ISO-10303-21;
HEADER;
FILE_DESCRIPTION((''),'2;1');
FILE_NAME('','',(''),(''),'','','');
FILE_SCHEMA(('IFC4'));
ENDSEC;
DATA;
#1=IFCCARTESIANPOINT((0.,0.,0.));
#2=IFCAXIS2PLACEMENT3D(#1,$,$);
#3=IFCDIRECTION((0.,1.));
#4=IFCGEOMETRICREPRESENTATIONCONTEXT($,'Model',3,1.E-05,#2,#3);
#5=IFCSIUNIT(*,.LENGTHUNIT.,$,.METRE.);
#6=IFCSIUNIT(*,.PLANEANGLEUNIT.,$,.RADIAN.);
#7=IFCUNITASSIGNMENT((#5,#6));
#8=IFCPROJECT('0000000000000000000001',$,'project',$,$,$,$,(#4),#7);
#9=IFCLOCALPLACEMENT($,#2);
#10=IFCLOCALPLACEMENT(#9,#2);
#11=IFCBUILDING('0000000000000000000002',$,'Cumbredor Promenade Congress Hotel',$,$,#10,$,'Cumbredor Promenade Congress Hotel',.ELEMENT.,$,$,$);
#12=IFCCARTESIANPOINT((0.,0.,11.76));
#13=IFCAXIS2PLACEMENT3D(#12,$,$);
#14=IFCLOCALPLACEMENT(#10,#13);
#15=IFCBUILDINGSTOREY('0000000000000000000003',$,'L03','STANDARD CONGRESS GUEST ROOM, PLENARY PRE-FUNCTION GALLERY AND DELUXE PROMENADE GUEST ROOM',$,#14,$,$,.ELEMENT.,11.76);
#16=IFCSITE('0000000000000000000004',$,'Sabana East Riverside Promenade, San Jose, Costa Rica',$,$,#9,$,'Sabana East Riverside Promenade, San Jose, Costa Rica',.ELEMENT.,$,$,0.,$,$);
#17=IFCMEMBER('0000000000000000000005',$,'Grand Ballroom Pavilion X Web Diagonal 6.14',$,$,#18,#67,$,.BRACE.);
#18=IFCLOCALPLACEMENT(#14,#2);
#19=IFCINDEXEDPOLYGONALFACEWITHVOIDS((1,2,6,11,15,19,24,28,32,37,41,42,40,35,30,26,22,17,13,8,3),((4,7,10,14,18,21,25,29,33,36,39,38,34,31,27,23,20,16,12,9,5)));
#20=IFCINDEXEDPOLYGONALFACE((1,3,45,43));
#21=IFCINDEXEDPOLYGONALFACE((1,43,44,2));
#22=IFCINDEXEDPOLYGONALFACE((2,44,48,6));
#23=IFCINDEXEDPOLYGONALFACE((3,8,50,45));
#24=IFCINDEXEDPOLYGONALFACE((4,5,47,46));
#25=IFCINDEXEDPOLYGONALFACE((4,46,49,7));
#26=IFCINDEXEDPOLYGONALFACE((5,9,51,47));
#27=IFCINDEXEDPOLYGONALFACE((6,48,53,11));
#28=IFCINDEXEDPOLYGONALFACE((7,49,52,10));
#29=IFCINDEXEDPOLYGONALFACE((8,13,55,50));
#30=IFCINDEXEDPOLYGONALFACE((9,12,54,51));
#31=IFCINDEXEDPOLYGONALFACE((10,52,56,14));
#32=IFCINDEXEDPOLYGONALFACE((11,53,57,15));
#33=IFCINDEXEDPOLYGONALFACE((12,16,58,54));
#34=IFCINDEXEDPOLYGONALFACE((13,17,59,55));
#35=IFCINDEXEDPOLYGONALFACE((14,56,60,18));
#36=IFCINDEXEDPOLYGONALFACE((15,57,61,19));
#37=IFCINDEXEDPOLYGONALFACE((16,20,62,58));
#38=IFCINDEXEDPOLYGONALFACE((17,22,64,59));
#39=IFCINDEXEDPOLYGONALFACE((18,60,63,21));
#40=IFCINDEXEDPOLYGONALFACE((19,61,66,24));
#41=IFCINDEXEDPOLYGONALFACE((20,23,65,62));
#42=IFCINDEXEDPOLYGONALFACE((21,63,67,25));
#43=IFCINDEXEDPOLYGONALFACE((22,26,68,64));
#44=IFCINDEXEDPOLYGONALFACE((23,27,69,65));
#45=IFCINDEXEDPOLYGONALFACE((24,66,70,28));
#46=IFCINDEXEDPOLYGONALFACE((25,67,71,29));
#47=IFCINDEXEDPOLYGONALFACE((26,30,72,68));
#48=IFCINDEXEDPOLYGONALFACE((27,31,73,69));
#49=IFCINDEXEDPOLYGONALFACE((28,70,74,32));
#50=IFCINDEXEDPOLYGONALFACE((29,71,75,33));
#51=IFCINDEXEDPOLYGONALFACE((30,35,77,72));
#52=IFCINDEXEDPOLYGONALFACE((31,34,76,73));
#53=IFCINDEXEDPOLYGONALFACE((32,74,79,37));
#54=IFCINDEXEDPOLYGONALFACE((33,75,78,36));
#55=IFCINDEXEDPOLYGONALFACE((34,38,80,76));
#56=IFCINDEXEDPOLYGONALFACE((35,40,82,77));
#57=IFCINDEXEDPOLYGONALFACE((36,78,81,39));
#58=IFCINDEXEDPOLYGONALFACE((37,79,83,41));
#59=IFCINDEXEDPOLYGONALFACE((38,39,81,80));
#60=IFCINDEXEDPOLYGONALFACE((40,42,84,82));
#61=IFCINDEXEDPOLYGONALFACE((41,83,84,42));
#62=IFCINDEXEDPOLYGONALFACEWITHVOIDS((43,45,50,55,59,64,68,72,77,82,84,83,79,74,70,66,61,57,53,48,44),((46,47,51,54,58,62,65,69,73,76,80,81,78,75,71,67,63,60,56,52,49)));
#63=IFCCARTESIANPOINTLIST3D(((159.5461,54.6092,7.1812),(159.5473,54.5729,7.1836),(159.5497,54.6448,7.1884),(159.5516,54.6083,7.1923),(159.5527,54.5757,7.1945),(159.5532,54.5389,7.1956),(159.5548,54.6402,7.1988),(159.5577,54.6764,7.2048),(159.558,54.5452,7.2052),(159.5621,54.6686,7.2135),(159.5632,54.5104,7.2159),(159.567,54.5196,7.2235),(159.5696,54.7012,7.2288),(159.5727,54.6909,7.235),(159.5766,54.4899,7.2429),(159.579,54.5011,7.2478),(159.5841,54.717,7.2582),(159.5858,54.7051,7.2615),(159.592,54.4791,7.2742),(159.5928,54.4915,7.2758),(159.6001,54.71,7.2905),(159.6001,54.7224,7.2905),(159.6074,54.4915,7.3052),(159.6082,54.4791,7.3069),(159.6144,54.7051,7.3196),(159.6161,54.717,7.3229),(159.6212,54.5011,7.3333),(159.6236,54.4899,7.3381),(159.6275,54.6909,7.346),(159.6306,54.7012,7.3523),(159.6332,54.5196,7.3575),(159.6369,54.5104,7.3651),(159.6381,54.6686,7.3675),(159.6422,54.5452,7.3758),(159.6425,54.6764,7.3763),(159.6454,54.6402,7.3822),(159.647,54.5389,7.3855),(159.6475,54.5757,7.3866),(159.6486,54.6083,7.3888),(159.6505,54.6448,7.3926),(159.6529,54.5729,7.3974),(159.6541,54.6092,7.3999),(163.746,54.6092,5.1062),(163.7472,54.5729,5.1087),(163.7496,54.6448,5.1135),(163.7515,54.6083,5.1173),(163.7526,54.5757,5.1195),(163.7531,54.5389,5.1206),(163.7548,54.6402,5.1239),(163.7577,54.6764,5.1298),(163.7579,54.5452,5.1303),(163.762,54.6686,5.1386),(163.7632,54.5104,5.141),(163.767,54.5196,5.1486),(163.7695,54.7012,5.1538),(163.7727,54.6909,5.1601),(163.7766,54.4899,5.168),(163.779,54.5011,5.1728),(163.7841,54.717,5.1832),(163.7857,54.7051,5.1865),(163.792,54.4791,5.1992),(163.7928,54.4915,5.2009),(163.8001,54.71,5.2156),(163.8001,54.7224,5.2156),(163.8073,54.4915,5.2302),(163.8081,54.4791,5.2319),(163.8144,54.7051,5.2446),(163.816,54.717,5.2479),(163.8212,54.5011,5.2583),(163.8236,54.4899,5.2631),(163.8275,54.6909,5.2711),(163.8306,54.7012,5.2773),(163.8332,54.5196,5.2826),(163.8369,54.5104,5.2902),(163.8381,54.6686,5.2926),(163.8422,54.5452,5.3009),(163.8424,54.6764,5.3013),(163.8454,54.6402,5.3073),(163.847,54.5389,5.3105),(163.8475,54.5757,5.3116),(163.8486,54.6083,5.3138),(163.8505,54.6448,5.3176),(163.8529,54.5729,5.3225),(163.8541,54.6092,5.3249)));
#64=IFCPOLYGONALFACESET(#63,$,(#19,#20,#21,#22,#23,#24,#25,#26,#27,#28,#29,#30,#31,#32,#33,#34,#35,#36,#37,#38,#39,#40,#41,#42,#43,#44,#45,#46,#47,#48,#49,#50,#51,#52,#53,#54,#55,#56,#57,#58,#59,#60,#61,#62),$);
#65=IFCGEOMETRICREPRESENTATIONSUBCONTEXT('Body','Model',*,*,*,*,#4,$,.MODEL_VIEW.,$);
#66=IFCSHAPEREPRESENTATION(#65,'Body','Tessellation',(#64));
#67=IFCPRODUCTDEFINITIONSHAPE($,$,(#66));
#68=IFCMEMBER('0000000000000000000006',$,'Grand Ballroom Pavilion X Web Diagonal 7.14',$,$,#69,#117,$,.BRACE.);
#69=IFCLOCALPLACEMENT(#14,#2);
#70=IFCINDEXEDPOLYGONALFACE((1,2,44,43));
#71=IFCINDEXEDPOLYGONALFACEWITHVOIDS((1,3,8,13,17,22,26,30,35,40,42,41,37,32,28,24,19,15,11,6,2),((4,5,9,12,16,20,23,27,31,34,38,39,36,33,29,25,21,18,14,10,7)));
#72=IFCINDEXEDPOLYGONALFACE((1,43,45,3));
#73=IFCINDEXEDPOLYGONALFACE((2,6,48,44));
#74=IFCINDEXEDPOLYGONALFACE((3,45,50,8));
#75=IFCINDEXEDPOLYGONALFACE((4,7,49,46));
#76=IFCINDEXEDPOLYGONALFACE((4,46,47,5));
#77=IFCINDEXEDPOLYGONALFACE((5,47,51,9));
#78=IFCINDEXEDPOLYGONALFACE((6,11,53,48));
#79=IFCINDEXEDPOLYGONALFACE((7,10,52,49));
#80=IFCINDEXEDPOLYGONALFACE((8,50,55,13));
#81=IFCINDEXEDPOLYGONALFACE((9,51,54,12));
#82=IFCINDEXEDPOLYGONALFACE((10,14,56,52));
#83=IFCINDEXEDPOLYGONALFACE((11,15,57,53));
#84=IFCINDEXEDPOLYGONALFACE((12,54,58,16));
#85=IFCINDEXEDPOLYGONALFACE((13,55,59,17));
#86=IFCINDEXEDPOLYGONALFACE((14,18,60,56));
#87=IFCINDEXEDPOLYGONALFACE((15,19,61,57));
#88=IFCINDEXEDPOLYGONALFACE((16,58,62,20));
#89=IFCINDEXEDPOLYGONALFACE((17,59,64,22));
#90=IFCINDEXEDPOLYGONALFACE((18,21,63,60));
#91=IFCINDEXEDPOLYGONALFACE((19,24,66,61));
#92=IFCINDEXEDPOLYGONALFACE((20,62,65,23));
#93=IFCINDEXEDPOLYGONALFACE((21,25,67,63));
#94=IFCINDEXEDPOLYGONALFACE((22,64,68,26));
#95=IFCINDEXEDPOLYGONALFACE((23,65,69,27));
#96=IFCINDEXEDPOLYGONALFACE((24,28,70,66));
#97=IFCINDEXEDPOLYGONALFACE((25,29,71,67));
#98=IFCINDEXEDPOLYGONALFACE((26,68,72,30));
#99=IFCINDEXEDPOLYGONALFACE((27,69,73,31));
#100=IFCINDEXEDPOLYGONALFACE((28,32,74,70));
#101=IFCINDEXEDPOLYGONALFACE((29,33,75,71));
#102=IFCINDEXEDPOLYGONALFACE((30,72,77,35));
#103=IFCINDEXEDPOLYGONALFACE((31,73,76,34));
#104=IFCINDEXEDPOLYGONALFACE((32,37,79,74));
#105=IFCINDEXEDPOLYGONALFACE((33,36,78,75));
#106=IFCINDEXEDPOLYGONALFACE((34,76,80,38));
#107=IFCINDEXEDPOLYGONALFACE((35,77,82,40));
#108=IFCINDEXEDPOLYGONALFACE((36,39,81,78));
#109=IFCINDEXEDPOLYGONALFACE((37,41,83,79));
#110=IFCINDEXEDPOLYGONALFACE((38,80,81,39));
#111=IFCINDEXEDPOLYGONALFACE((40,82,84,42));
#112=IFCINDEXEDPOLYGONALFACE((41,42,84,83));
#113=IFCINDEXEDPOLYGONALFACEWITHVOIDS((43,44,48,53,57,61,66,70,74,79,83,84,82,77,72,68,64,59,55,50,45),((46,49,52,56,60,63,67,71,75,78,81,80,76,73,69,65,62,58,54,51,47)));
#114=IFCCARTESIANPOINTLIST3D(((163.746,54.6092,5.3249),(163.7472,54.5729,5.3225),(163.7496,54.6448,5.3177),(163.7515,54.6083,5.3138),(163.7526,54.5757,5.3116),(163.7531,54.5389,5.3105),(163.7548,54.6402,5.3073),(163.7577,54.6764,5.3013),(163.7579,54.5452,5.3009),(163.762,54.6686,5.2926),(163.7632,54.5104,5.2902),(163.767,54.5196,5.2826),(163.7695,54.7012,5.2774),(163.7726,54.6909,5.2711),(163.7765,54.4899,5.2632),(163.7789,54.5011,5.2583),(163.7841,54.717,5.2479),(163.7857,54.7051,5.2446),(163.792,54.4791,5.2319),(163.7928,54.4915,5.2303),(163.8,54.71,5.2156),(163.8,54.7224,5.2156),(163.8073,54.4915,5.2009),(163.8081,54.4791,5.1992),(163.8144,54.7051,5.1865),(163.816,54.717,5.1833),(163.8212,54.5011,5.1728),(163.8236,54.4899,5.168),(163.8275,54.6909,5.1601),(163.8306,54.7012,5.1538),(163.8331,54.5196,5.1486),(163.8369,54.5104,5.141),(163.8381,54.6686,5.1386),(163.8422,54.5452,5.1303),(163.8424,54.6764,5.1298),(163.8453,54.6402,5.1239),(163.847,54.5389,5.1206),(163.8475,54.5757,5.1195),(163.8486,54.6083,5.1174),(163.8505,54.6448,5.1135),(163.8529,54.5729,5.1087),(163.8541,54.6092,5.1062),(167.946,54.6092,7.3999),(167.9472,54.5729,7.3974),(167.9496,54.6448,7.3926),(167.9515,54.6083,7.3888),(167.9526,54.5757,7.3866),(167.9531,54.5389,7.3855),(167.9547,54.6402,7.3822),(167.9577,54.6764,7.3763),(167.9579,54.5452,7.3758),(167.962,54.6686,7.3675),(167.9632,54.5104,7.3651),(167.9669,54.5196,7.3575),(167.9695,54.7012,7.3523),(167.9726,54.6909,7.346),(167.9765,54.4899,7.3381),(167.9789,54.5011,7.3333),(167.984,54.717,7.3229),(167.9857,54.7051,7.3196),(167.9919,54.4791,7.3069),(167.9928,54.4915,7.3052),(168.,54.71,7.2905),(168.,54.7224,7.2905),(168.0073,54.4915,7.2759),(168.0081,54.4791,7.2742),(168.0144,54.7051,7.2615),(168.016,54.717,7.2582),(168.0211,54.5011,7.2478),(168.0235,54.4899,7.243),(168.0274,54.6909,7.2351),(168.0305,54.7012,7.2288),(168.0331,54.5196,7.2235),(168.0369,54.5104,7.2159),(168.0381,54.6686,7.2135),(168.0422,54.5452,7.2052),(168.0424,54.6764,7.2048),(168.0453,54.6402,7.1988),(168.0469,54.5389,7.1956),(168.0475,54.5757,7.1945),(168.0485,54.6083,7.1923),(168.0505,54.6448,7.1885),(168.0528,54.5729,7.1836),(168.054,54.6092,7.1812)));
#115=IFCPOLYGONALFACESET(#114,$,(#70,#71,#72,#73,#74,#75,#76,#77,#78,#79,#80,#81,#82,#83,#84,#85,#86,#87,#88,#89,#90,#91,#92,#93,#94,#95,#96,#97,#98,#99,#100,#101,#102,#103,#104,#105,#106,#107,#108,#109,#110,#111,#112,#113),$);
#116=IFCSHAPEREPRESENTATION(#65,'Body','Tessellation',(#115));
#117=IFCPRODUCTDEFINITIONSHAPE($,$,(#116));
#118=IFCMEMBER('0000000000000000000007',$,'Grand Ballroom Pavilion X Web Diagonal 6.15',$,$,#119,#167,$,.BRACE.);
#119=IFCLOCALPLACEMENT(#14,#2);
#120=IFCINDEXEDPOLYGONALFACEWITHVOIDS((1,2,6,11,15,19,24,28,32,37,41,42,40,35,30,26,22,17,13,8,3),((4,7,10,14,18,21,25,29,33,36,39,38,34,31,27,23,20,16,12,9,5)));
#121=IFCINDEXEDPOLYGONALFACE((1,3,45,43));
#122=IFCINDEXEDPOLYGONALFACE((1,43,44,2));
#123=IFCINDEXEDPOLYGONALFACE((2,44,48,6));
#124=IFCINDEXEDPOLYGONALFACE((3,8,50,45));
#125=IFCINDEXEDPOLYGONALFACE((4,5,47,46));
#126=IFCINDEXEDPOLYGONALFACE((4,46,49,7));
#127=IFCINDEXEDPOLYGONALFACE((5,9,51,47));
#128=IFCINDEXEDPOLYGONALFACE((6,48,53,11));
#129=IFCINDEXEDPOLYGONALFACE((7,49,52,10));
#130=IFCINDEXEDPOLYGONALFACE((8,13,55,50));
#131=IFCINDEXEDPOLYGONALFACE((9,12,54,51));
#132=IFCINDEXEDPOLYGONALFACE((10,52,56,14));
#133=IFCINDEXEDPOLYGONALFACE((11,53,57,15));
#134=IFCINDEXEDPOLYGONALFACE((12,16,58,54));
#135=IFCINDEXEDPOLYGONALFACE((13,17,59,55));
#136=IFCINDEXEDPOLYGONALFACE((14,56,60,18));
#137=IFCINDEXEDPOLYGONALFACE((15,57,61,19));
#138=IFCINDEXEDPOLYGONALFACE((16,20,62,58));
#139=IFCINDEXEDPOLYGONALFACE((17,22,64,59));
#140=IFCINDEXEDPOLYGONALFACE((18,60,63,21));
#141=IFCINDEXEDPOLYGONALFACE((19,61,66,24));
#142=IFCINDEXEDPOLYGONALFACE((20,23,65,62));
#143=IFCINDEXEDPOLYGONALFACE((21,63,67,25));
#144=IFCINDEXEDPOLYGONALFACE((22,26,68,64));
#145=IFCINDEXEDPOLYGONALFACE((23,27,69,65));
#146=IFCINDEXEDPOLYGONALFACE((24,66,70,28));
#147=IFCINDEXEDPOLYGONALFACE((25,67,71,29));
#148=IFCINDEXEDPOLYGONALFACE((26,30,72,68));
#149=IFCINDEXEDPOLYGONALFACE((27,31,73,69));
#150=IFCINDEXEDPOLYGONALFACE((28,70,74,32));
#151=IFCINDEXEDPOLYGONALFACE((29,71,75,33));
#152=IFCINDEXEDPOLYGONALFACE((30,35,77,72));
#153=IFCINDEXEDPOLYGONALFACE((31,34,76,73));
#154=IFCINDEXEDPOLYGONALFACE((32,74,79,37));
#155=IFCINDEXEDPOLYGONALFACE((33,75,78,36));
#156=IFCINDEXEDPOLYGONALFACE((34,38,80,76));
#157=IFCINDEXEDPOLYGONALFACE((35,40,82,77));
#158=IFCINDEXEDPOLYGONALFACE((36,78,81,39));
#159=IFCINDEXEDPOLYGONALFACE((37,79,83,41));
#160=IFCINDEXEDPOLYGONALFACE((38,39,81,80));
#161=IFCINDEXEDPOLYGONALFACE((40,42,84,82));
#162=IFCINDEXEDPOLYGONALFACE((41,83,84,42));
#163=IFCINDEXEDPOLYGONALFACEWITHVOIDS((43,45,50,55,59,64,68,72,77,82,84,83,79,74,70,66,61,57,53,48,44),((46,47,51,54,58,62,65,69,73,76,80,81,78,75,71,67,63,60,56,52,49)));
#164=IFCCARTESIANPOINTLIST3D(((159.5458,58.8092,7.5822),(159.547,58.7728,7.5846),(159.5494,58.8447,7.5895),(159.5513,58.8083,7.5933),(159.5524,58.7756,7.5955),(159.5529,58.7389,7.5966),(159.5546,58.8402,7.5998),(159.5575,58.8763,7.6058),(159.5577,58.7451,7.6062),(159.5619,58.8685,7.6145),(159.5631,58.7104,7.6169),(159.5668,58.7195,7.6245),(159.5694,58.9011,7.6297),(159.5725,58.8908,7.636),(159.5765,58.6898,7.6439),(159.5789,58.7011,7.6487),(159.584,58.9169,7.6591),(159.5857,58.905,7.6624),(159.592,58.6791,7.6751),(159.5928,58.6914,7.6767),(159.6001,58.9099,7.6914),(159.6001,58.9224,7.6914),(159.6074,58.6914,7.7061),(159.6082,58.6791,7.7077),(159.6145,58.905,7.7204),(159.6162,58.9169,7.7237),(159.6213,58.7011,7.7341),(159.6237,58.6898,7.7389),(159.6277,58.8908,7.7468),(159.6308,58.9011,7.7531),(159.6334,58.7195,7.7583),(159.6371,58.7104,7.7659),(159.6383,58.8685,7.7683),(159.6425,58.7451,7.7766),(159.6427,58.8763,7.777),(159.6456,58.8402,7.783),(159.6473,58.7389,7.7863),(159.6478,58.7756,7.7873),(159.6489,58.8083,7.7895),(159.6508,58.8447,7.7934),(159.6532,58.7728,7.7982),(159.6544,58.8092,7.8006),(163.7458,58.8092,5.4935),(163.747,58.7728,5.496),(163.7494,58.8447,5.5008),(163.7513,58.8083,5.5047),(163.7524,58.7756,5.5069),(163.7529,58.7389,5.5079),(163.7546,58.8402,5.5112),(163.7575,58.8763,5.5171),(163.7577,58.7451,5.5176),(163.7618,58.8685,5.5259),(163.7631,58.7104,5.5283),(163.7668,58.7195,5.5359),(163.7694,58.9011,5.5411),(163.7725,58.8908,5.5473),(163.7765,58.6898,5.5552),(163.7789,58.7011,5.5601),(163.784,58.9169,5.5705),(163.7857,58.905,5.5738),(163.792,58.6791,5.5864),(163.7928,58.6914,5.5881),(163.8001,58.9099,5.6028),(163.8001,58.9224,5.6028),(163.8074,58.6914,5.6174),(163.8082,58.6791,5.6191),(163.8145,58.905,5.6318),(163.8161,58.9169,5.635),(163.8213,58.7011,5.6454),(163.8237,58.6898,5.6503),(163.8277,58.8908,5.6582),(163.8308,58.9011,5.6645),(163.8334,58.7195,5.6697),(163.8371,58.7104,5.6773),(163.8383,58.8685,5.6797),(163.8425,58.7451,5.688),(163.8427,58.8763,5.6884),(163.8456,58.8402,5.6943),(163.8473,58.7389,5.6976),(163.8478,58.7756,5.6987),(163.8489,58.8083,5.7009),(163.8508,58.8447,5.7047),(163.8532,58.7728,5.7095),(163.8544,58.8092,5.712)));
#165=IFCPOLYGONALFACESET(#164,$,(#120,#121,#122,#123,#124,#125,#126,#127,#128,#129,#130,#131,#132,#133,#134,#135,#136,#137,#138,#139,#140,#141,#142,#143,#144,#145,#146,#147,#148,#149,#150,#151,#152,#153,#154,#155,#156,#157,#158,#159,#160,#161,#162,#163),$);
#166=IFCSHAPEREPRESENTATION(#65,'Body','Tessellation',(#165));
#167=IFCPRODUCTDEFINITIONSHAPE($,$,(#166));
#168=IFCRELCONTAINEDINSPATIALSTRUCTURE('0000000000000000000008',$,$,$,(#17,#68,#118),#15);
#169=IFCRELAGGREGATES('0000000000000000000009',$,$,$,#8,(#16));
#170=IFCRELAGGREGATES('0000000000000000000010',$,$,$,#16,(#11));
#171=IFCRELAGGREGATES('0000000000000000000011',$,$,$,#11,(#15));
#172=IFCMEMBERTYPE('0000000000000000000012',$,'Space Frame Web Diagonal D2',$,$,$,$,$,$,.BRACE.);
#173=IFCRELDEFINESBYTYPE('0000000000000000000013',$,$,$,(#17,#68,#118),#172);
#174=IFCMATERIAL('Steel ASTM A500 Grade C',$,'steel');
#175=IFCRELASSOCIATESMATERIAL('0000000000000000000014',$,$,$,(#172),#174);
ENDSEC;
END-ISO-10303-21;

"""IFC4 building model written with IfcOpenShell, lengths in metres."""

from ifc_helpers import new_model, si_unit, direction, frame, origin, origin_2d, place, context, subcontext, project, spatial, hollow_circle, extrude, material, material_profile, profile_set, type_object, element, save


model = new_model("IFC4")

# Units and contexts
model_context = context("Model", 3, precision=1e-05, world=origin(), true_north=direction((0.0, 1.0)))
body_context = subcontext(model_context, "Body", "Model", "MODEL_VIEW")
ifc_project = project(units=[si_unit("LENGTHUNIT", "METRE"), si_unit("PLANEANGLEUNIT", "RADIAN")], contexts=[model_context])

# Site, building, storey
site_placement = place(None, origin())
site = spatial("IfcSite", under=ifc_project, at=site_placement, Name="Sabana East Riverside Promenade, San Jose, Costa Rica", LongName="Sabana East Riverside Promenade, San Jose, Costa Rica", CompositionType="ELEMENT", RefElevation=0.0)
building_placement = place(site_placement, origin())
building = spatial("IfcBuilding", under=site, at=building_placement, Name="Cumbredor Promenade Congress Hotel", LongName="Cumbredor Promenade Congress Hotel", CompositionType="ELEMENT")
storey_placement = place(building_placement, frame((0.0, 0.0, 11.76)))
storey = spatial("IfcBuildingStorey", under=building, at=storey_placement, Name="L03", Description="STANDARD CONGRESS GUEST ROOM, PLENARY PRE-FUNCTION GALLERY AND DELUXE PROMENADE GUEST ROOM", CompositionType="ELEMENT", Elevation=11.76)

# Members
ifc_material_1 = material(Name="Steel ASTM A500 Grade C", Category="steel")
ifc_material_profile_1 = material_profile(ifc_material_1, hollow_circle(Radius=0.1223, WallThickness=0.0125, at=origin_2d()), Name="CHS 244.5x12.5")
ifc_profile_set_1 = profile_set([ifc_material_profile_1], Name="Steel ASTM A500 Grade C")
member_type_1 = type_object("IfcMemberType", Name="Space Frame Web Diagonal D2", PredefinedType="BRACE", material=ifc_profile_set_1)
for number, where, z_axis, x_axis, name in (
    (1, (159.6001, 54.6001, 7.2905), (0.896554, 0.0, -0.442935), (0.0, 1.0, 0.0), "Grand Ballroom Pavilion X Web Diagonal 6.14"),
    (2, (163.8, 54.6001, 5.2156), (0.896554, 0.0, 0.442935), (0.0, 1.0, 0.0), "Grand Ballroom Pavilion X Web Diagonal 7.14"),
):
    element("IfcMember", number, at=place(storey_placement, frame(where, z_axis=z_axis, x_axis=x_axis)), inside=storey, type_object=member_type_1, Name=name, PredefinedType="BRACE", context=body_context, shape_type="SweptSolid", body=[
        extrude(hollow_circle(Radius=0.1223, WallThickness=0.0125, at=origin_2d()), origin(), (0.0, 0.0, 1.0), 4.6846),
    ])
for number, where, z_axis, x_axis, name in (
    (3, (159.6001, 58.8, 7.6914), (0.895393, 0.0, -0.445276), (0.0, 1.0, 0.0), "Grand Ballroom Pavilion X Web Diagonal 6.15"),
):
    element("IfcMember", number, at=place(storey_placement, frame(where, z_axis=z_axis, x_axis=x_axis)), inside=storey, type_object=member_type_1, Name=name, PredefinedType="BRACE", context=body_context, shape_type="SweptSolid", body=[
        extrude(hollow_circle(Radius=0.1223, WallThickness=0.0125, at=origin_2d()), origin(), (0.0, 0.0, 1.0), 4.6907),
    ])

save(model, "model.ifc")
